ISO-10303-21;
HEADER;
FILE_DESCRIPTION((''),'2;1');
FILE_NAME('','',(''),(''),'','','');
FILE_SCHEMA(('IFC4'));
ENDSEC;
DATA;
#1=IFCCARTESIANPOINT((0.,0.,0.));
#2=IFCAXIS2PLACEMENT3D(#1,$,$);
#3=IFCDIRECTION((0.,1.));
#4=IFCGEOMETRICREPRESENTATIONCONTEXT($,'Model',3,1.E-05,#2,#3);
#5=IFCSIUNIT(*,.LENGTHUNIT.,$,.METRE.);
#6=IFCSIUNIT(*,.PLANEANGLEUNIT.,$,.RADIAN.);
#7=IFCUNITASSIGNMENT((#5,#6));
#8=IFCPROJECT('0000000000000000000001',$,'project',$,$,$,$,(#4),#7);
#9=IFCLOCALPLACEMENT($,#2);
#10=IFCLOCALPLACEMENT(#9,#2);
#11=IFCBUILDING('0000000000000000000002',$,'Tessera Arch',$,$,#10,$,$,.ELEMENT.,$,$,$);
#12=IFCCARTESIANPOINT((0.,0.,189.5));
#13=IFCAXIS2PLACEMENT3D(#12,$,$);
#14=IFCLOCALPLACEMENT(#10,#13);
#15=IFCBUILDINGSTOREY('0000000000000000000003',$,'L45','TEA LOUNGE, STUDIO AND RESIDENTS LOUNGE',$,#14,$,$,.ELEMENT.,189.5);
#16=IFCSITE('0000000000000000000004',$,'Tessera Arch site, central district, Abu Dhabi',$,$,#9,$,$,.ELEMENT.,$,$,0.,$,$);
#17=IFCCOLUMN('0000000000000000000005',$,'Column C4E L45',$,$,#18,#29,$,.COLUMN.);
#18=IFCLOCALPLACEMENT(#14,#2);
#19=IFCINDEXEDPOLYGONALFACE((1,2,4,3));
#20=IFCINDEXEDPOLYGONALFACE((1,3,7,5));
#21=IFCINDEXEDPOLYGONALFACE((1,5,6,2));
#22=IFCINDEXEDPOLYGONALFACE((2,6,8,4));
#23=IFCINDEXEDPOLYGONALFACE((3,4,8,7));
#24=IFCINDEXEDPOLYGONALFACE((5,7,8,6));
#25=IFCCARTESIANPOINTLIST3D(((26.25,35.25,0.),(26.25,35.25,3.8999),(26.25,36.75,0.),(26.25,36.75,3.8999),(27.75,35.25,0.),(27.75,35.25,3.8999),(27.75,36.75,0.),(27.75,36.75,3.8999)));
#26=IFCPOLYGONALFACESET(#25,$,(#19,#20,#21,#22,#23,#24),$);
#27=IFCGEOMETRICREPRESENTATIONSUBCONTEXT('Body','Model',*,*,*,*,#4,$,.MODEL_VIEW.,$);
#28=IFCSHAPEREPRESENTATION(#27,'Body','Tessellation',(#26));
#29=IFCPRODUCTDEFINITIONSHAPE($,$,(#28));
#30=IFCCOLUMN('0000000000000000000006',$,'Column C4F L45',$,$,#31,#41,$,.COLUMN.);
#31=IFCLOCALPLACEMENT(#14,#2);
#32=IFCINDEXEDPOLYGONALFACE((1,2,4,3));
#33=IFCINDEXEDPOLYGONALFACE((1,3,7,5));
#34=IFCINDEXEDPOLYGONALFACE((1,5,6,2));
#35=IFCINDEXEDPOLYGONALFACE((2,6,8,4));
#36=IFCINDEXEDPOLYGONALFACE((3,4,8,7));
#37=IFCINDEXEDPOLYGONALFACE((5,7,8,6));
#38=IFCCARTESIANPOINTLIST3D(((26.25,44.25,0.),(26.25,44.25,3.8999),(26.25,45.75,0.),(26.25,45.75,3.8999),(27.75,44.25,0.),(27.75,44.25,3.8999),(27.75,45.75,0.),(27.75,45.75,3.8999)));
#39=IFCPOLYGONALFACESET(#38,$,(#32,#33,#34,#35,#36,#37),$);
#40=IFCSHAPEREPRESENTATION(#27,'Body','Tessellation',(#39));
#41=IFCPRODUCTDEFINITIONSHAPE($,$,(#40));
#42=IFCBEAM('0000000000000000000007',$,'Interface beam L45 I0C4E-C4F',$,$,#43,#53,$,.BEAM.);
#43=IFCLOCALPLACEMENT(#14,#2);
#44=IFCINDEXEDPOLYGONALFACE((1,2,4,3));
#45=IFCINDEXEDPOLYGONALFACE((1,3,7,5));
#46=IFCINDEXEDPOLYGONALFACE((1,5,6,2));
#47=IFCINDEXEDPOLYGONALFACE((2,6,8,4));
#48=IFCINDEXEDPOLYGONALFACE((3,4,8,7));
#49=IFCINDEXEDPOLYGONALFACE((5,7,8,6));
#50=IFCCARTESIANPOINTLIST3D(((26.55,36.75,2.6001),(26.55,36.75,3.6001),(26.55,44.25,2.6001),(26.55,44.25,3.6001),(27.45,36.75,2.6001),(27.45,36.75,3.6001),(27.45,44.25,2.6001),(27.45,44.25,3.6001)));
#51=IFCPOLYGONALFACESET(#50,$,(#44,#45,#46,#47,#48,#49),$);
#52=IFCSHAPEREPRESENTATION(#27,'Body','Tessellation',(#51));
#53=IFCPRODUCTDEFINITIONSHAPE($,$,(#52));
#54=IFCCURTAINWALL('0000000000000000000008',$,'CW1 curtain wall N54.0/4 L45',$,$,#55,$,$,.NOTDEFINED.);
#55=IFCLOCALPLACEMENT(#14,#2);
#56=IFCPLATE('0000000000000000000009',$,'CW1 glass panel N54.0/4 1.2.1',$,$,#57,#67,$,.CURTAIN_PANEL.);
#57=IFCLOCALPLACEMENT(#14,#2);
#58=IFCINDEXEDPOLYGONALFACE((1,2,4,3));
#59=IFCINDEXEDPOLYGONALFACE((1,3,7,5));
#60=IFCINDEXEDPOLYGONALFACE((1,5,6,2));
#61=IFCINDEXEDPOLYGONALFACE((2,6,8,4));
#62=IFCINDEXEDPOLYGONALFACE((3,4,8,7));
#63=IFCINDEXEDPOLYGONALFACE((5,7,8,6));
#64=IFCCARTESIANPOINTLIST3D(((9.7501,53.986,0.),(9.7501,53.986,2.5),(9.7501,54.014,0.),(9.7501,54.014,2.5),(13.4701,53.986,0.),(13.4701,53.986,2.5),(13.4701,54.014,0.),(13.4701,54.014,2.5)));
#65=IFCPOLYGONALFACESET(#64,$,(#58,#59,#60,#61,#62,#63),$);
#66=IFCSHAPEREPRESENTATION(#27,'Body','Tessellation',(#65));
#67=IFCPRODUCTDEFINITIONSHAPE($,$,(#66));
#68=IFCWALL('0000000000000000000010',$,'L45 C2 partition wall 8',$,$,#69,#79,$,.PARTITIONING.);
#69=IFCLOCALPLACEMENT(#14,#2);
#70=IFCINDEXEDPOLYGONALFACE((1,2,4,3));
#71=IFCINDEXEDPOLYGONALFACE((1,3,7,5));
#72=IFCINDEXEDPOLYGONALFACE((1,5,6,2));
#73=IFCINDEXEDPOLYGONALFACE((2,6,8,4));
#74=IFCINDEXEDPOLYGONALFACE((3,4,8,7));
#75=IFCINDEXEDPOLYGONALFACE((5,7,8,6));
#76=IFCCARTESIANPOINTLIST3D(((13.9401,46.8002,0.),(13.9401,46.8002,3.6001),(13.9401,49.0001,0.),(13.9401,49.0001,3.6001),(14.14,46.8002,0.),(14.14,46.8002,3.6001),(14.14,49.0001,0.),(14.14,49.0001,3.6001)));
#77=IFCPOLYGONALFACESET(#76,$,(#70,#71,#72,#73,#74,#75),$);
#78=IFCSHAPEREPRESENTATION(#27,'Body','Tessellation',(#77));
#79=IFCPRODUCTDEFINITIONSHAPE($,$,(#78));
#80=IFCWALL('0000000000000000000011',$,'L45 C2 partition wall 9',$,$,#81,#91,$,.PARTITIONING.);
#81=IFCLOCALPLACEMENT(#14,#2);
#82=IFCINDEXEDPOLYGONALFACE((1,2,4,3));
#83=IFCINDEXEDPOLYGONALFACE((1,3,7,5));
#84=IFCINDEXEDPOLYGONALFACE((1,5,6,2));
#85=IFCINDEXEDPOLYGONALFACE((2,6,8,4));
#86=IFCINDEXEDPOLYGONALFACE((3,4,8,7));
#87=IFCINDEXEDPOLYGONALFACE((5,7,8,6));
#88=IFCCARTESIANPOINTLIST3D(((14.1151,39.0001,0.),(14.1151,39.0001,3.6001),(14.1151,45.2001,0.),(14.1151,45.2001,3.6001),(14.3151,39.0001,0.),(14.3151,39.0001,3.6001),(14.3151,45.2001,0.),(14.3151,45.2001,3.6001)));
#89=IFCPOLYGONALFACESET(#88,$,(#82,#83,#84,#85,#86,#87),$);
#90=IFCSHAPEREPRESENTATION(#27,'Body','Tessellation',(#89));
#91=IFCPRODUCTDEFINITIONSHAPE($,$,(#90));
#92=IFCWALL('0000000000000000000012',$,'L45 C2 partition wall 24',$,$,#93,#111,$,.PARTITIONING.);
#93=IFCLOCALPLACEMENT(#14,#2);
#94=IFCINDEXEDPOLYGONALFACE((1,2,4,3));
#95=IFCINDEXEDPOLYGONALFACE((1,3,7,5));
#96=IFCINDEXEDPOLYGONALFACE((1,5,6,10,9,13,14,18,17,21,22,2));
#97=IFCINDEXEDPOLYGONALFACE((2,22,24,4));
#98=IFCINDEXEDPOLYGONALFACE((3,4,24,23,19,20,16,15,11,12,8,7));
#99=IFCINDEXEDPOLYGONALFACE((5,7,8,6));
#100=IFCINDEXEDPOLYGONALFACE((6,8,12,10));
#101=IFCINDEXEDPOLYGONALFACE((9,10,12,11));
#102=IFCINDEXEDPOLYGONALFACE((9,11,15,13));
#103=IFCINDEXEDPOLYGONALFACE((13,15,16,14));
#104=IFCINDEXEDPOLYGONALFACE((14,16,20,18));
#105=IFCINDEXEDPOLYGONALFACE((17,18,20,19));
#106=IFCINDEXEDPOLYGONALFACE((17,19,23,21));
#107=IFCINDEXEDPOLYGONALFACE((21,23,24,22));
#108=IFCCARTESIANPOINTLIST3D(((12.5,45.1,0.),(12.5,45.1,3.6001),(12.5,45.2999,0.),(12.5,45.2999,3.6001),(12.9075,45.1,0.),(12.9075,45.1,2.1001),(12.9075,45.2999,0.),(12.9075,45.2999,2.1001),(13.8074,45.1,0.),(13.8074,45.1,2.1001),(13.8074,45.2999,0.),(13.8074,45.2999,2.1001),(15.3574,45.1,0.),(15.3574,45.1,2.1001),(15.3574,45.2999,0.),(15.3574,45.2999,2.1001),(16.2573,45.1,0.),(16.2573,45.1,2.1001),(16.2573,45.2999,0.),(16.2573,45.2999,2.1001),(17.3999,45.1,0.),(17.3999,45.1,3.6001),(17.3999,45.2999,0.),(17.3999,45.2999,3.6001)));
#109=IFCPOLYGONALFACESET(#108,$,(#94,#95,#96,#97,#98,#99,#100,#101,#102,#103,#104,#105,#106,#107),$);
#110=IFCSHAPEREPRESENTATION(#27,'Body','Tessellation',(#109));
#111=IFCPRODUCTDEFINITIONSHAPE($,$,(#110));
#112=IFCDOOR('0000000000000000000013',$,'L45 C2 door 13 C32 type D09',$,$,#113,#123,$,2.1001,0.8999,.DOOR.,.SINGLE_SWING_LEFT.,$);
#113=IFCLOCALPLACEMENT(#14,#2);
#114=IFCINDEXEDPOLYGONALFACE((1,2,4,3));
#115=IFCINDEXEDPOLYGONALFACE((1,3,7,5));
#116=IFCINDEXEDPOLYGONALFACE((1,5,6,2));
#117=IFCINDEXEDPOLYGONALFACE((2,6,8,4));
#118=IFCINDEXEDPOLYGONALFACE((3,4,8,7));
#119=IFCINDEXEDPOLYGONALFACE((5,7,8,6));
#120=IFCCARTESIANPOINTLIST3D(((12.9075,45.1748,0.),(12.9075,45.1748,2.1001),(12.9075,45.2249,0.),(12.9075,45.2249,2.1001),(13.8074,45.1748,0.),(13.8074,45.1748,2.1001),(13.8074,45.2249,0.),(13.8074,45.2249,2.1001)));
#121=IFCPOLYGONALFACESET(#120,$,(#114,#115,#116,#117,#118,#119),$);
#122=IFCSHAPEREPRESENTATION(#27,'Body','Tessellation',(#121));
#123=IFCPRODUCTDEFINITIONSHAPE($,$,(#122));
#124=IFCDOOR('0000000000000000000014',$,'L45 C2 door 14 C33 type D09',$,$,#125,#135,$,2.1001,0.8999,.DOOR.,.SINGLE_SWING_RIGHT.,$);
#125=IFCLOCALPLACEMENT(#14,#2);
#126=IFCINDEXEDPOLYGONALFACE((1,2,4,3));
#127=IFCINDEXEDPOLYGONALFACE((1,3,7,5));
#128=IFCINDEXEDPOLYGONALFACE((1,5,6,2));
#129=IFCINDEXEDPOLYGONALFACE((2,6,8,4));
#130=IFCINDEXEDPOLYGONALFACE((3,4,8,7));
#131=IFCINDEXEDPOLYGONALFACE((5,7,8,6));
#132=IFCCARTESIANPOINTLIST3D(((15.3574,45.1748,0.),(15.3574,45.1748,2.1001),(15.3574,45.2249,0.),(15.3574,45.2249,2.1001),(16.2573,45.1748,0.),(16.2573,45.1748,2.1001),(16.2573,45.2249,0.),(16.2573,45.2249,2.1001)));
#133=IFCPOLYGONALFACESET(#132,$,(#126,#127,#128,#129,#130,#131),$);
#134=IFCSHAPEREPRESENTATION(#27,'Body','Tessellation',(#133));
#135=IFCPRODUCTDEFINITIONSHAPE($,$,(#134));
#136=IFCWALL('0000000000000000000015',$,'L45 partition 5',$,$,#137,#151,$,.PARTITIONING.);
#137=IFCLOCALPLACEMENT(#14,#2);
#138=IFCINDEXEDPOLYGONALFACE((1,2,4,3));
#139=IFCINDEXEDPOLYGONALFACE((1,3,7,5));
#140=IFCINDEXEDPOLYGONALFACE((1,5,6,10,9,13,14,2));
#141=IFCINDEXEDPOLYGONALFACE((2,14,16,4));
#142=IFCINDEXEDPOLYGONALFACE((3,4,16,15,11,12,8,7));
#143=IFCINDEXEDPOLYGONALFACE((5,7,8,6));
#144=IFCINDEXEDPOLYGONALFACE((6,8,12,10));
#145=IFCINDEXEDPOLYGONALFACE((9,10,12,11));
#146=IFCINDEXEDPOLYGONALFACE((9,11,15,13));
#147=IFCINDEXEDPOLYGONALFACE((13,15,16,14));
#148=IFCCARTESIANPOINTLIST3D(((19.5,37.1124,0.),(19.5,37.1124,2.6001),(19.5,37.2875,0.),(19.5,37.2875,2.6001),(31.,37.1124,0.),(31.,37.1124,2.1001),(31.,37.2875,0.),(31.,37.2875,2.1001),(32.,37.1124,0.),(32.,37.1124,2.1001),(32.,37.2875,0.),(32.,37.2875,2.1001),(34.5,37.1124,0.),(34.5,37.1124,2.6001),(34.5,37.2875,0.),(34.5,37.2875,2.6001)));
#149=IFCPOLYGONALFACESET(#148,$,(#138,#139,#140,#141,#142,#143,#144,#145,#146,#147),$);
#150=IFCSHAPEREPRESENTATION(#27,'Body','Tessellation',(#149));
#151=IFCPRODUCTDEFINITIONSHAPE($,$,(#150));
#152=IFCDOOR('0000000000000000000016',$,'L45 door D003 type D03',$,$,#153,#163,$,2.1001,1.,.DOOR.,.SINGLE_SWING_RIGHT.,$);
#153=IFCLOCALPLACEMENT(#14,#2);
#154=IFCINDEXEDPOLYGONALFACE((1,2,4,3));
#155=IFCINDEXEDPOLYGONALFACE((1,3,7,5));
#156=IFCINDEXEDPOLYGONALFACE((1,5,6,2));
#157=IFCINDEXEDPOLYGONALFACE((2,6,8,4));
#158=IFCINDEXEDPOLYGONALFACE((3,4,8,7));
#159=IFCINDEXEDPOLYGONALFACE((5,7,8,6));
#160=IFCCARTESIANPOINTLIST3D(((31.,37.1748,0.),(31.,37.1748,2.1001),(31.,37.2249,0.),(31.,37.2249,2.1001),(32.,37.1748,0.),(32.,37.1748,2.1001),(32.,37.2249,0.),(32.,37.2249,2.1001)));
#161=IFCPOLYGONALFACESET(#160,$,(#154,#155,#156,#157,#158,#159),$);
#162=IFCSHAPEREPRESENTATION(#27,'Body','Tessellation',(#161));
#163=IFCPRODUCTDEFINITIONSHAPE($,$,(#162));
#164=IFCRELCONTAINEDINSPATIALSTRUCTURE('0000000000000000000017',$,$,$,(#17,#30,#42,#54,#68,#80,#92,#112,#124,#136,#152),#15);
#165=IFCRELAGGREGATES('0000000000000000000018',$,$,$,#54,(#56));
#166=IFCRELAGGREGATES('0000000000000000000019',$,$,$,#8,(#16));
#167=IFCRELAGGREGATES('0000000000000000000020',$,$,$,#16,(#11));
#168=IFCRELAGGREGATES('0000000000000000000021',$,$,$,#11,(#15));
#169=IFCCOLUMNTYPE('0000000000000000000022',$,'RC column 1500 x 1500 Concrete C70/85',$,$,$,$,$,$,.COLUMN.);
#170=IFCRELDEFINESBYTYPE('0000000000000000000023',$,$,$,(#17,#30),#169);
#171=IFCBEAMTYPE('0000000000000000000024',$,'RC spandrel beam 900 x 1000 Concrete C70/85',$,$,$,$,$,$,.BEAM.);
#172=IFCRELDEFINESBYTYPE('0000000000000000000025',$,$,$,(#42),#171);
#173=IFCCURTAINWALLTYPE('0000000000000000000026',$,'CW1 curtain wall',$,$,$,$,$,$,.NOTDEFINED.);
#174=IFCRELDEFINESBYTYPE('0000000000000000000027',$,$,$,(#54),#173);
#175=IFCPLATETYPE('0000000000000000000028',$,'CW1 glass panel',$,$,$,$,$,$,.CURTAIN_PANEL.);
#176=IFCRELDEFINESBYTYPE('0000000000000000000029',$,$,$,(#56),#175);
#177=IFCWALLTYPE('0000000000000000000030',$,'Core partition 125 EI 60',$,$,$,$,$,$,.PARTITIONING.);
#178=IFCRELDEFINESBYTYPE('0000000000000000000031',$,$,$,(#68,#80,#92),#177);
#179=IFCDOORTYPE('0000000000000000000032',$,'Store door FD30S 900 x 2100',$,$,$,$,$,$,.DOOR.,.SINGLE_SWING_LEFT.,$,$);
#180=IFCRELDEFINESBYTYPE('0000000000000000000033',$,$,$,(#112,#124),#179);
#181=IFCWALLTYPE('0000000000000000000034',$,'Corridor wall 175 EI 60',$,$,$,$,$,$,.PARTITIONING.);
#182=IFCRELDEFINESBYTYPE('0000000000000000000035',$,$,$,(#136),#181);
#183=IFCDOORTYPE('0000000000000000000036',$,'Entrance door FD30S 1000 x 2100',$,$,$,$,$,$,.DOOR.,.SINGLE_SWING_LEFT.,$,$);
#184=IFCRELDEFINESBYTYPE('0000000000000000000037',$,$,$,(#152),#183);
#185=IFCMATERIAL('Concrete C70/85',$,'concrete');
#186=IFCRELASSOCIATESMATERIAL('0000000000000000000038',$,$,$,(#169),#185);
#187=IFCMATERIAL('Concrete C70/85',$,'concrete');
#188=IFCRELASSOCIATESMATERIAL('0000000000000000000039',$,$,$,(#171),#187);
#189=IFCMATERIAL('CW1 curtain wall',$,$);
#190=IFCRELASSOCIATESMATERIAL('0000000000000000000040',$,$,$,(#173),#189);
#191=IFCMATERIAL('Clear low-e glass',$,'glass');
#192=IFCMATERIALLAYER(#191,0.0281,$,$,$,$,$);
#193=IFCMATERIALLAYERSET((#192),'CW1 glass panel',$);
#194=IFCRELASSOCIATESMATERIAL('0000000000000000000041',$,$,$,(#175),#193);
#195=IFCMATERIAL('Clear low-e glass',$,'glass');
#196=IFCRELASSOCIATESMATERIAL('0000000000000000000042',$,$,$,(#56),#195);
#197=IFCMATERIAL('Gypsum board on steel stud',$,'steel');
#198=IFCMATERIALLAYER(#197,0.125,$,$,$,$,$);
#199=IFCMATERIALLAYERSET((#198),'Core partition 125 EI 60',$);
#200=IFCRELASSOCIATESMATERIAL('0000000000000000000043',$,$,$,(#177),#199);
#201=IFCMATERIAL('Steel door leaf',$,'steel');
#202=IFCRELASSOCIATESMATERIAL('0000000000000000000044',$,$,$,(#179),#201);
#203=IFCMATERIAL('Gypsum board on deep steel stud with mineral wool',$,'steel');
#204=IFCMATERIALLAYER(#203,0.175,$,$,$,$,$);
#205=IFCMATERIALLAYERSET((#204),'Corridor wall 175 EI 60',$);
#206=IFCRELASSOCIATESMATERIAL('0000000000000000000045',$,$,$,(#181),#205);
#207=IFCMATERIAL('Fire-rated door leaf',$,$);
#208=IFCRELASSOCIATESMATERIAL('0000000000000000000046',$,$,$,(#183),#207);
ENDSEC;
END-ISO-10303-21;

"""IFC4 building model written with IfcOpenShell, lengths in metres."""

from ifc_helpers import new_model, si_unit, direction, frame, frame_2d, origin, origin_2d, place, context, subcontext, project, spatial, rectangle, extrude, material, layer, layer_set, material_profile, profile_set, type_object, element, fill, aggregate, save


model = new_model("IFC4")

# Units and contexts
model_context = context("Model", 3, precision=1e-05, world=origin(), true_north=direction((0.0, 1.0)))
body_context = subcontext(model_context, "Body", "Model", "MODEL_VIEW")
ifc_project = project(units=[si_unit("LENGTHUNIT", "METRE"), si_unit("PLANEANGLEUNIT", "RADIAN")], contexts=[model_context])

# Site, building, storey
site_placement = place(None, origin())
site = spatial("IfcSite", under=ifc_project, at=site_placement, Name="Tessera Arch site, central district, Abu Dhabi", CompositionType="ELEMENT", RefElevation=0.0)
building_placement = place(site_placement, origin())
building = spatial("IfcBuilding", under=site, at=building_placement, Name="Tessera Arch", CompositionType="ELEMENT")
storey_placement = place(building_placement, frame((0.0, 0.0, 189.5)))
storey = spatial("IfcBuildingStorey", under=building, at=storey_placement, Name="L45", Description="TEA LOUNGE, STUDIO AND RESIDENTS LOUNGE", CompositionType="ELEMENT", Elevation=189.5)

# Columns
ifc_material_1 = material(Name="Concrete C70/85", Category="concrete")
ifc_material_profile_1 = material_profile(ifc_material_1, rectangle(XDim=1.5, YDim=1.5, at=origin_2d()), Name="RC column 1500 x 1500 Concrete C70/85")
ifc_profile_set_1 = profile_set([ifc_material_profile_1], Name="Concrete C70/85")
column_type = type_object("IfcColumnType", Name="RC column 1500 x 1500 Concrete C70/85", PredefinedType="COLUMN", material=ifc_profile_set_1)
for number, where, z_axis, x_axis, name in (
    (1, (27.0, 36.0, 0.0), (0.0, 0.0, 1.0), (1.0, 0.0, 0.0), "Column C4E L45"),
    (2, (27.0, 45.0, 0.0), (0.0, 0.0, 1.0), (1.0, 0.0, 0.0), "Column C4F L45"),
):
    element("IfcColumn", number, at=place(storey_placement, frame(where, z_axis=z_axis, x_axis=x_axis)), inside=storey, type_object=column_type, Name=name, PredefinedType="COLUMN", context=body_context, shape_type="SweptSolid", body=[
        extrude(rectangle(XDim=1.5, YDim=1.5, at=origin_2d()), origin(), (0.0, 0.0, 1.0), 3.8999),
    ])

# Beam
ifc_material_2 = material(Name="Concrete C70/85", Category="concrete")
ifc_material_profile_2 = material_profile(ifc_material_2, rectangle(XDim=0.8999, YDim=1.0, at=origin_2d()), Name="RC spandrel beam 900 x 1000 Concrete C70/85")
ifc_profile_set_2 = profile_set([ifc_material_profile_2], Name="Concrete C70/85")
beam_type = type_object("IfcBeamType", Name="RC spandrel beam 900 x 1000 Concrete C70/85", PredefinedType="BEAM", material=ifc_profile_set_2)
beam_placement = place(storey_placement, frame((27.0, 36.75, 3.1001), z_axis=(0.0, 1.0, 0.0), x_axis=(-1.0, 0.0, 0.0)))
element("IfcBeam", 3, at=beam_placement, inside=storey, type_object=beam_type, Name="Interface beam L45 I0C4E-C4F", PredefinedType="BEAM", context=body_context, shape_type="SweptSolid", body=[
    extrude(rectangle(XDim=0.8999, YDim=1.0, at=origin_2d()), origin(), (0.0, 0.0, 1.0), 7.5),
])

# Curtain wall, plate
ifc_material_3 = material(Name="CW1 curtain wall")
curtain_wall_type = type_object("IfcCurtainWallType", Name="CW1 curtain wall", PredefinedType="NOTDEFINED", material=ifc_material_3)
curtain_wall_placement = place(storey_placement, origin())
curtain_wall = element("IfcCurtainWall", 4, at=curtain_wall_placement, inside=storey, type_object=curtain_wall_type, Name="CW1 curtain wall N54.0/4 L45", PredefinedType="NOTDEFINED")
ifc_material_4 = material(Name="Clear low-e glass", Category="glass")
ifc_material_5 = material(Name="Clear low-e glass", Category="glass")
ifc_layer_1 = layer(ifc_material_5, 0.0281)
ifc_layer_set_1 = layer_set([ifc_layer_1], Name="CW1 glass panel")
plate_type = type_object("IfcPlateType", Name="CW1 glass panel", PredefinedType="CURTAIN_PANEL", material=ifc_layer_set_1)
plate_placement = place(storey_placement, frame((11.6101, 54.0, 0.0), z_axis=(0.0, 0.0, 1.0), x_axis=(-1.0, 0.0, 0.0)))
plate = element("IfcPlate", 5, at=plate_placement, type_object=plate_type, material=ifc_material_4, Name="CW1 glass panel N54.0/4 1.2.1", PredefinedType="CURTAIN_PANEL", context=body_context, shape_type="SweptSolid", body=[
    extrude(rectangle(XDim=3.72, YDim=0.0281, at=origin_2d()), origin(), (0.0, 0.0, 1.0), 2.5),
])
aggregate(curtain_wall, [plate])

# Walls
ifc_material_6 = material(Name="Gypsum board on steel stud", Category="steel")
ifc_layer_2 = layer(ifc_material_6, 0.125)
ifc_layer_set_2 = layer_set([ifc_layer_2], Name="Core partition 125 EI 60")
wall_type_1 = type_object("IfcWallType", Name="Core partition 125 EI 60", PredefinedType="PARTITIONING", material=ifc_layer_set_2)
wall_1_placement = place(storey_placement, frame((14.04, 46.8, 0.0), z_axis=(0.0, 0.0, 1.0), x_axis=(0.0, 1.0, 0.0)))
element("IfcWall", 6, at=wall_1_placement, inside=storey, type_object=wall_type_1, Name="L45 C2 partition wall 8", PredefinedType="PARTITIONING", context=body_context, shape_type="SweptSolid", body=[
    extrude(rectangle(XDim=2.2, YDim=0.2, at=frame_2d((1.1001, 0.0))), origin(), (0.0, 0.0, 1.0), 3.6001),
])
wall_2_placement = place(storey_placement, frame((14.2151, 39.0, 0.0), z_axis=(0.0, 0.0, 1.0), x_axis=(0.0, 1.0, 0.0)))
element("IfcWall", 7, at=wall_2_placement, inside=storey, type_object=wall_type_1, Name="L45 C2 partition wall 9", PredefinedType="PARTITIONING", context=body_context, shape_type="SweptSolid", body=[
    extrude(rectangle(XDim=6.2, YDim=0.2, at=frame_2d((3.1001, 0.0))), origin(), (0.0, 0.0, 1.0), 3.6001),
])

# Wall, openings, doors
wall_3_placement = place(storey_placement, frame((12.5, 45.2, 0.0), z_axis=(0.0, 0.0, 1.0), x_axis=(1.0, 0.0, 0.0)))
wall_3 = element("IfcWall", 8, at=wall_3_placement, inside=storey, type_object=wall_type_1, Name="L45 C2 partition wall 24", PredefinedType="PARTITIONING", context=body_context, shape_type="SweptSolid", body=[
    extrude(rectangle(XDim=4.8999, YDim=0.2, at=frame_2d((2.45, 0.0))), origin(), (0.0, 0.0, 1.0), 3.6001),
])
opening_1_placement = place(wall_3_placement, frame((0.4075, 0.0, 0.0)))
opening_1 = element("IfcOpeningElement", 9, at=opening_1_placement, cuts=wall_3, PredefinedType="OPENING", context=body_context, shape_type="SweptSolid", body=[
    extrude(rectangle(XDim=0.8999, YDim=2.1001, at=frame_2d((0.45, 1.05))), frame((0.0, 0.1099, 0.0), z_axis=(0.0, -1.0, 0.0), x_axis=(1.0, 0.0, 0.0)), (0.0, 0.0, 1.0), 0.22),
])
opening_2_placement = place(wall_3_placement, frame((2.8574, 0.0, 0.0)))
opening_2 = element("IfcOpeningElement", 10, at=opening_2_placement, cuts=wall_3, PredefinedType="OPENING", context=body_context, shape_type="SweptSolid", body=[
    extrude(rectangle(XDim=0.8999, YDim=2.1001, at=frame_2d((0.45, 1.05))), frame((0.0, 0.1099, 0.0), z_axis=(0.0, -1.0, 0.0), x_axis=(1.0, 0.0, 0.0)), (0.0, 0.0, 1.0), 0.22),
])
ifc_material_7 = material(Name="Steel door leaf", Category="steel")
door_type_1 = type_object("IfcDoorType", Name="Store door FD30S 900 x 2100", OperationType="SINGLE_SWING_LEFT", PredefinedType="DOOR", material=ifc_material_7)
door_1_placement = place(opening_1_placement, origin())
door_1 = element("IfcDoor", 11, at=door_1_placement, inside=storey, type_object=door_type_1, Name="L45 C2 door 13 C32 type D09", OperationType="SINGLE_SWING_LEFT", OverallHeight=2.1001, OverallWidth=0.8999, PredefinedType="DOOR", context=body_context, shape_type="SweptSolid", body=[
    extrude(rectangle(XDim=0.8999, YDim=2.1001, at=frame_2d((0.45, 1.05))), frame((0.0, 0.0249, 0.0), z_axis=(0.0, -1.0, 0.0), x_axis=(1.0, 0.0, 0.0)), (0.0, 0.0, 1.0), 0.05),
])
fill(opening_1, door_1)
door_2_placement = place(opening_2_placement, origin())
door_2 = element("IfcDoor", 12, at=door_2_placement, inside=storey, type_object=door_type_1, Name="L45 C2 door 14 C33 type D09", OperationType="SINGLE_SWING_RIGHT", OverallHeight=2.1001, OverallWidth=0.8999, PredefinedType="DOOR", context=body_context, shape_type="SweptSolid", body=[
    extrude(rectangle(XDim=0.8999, YDim=2.1001, at=frame_2d((0.45, 1.05))), frame((0.0, 0.0249, 0.0), z_axis=(0.0, -1.0, 0.0), x_axis=(1.0, 0.0, 0.0)), (0.0, 0.0, 1.0), 0.05),
])
fill(opening_2, door_2)

# Wall, opening, door
ifc_material_8 = material(Name="Gypsum board on deep steel stud with mineral wool", Category="steel")
ifc_layer_3 = layer(ifc_material_8, 0.175)
ifc_layer_set_3 = layer_set([ifc_layer_3], Name="Corridor wall 175 EI 60")
wall_type_2 = type_object("IfcWallType", Name="Corridor wall 175 EI 60", PredefinedType="PARTITIONING", material=ifc_layer_set_3)
wall_4_placement = place(storey_placement, frame((19.5, 37.2, 0.0), z_axis=(0.0, 0.0, 1.0), x_axis=(1.0, 0.0, 0.0)))
wall_4 = element("IfcWall", 13, at=wall_4_placement, inside=storey, type_object=wall_type_2, Name="L45 partition 5", PredefinedType="PARTITIONING", context=body_context, shape_type="SweptSolid", body=[
    extrude(rectangle(XDim=15.0, YDim=0.175, at=frame_2d((7.5, 0.0))), origin(), (0.0, 0.0, 1.0), 2.6001),
])
opening_3_placement = place(wall_4_placement, frame((11.5, 0.0, 0.0)))
opening_3 = element("IfcOpeningElement", 14, at=opening_3_placement, cuts=wall_4, PredefinedType="OPENING", context=body_context, shape_type="SweptSolid", body=[
    extrude(rectangle(XDim=1.0, YDim=2.1001, at=frame_2d((0.5, 1.05))), frame((0.0, 0.0974, 0.0), z_axis=(0.0, -1.0, 0.0), x_axis=(1.0, 0.0, 0.0)), (0.0, 0.0, 1.0), 0.1951),
])
ifc_material_9 = material(Name="Fire-rated door leaf")
door_type_2 = type_object("IfcDoorType", Name="Entrance door FD30S 1000 x 2100", OperationType="SINGLE_SWING_LEFT", PredefinedType="DOOR", material=ifc_material_9)
door_3_placement = place(opening_3_placement, origin())
door_3 = element("IfcDoor", 15, at=door_3_placement, inside=storey, type_object=door_type_2, Name="L45 door D003 type D03", OperationType="SINGLE_SWING_RIGHT", OverallHeight=2.1001, OverallWidth=1.0, PredefinedType="DOOR", context=body_context, shape_type="SweptSolid", body=[
    extrude(rectangle(XDim=1.0, YDim=2.1001, at=frame_2d((0.5, 1.05))), frame((0.0, 0.0249, 0.0), z_axis=(0.0, -1.0, 0.0), x_axis=(1.0, 0.0, 0.0)), (0.0, 0.0, 1.0), 0.05),
])
fill(opening_3, door_3)

save(model, "model.ifc")
